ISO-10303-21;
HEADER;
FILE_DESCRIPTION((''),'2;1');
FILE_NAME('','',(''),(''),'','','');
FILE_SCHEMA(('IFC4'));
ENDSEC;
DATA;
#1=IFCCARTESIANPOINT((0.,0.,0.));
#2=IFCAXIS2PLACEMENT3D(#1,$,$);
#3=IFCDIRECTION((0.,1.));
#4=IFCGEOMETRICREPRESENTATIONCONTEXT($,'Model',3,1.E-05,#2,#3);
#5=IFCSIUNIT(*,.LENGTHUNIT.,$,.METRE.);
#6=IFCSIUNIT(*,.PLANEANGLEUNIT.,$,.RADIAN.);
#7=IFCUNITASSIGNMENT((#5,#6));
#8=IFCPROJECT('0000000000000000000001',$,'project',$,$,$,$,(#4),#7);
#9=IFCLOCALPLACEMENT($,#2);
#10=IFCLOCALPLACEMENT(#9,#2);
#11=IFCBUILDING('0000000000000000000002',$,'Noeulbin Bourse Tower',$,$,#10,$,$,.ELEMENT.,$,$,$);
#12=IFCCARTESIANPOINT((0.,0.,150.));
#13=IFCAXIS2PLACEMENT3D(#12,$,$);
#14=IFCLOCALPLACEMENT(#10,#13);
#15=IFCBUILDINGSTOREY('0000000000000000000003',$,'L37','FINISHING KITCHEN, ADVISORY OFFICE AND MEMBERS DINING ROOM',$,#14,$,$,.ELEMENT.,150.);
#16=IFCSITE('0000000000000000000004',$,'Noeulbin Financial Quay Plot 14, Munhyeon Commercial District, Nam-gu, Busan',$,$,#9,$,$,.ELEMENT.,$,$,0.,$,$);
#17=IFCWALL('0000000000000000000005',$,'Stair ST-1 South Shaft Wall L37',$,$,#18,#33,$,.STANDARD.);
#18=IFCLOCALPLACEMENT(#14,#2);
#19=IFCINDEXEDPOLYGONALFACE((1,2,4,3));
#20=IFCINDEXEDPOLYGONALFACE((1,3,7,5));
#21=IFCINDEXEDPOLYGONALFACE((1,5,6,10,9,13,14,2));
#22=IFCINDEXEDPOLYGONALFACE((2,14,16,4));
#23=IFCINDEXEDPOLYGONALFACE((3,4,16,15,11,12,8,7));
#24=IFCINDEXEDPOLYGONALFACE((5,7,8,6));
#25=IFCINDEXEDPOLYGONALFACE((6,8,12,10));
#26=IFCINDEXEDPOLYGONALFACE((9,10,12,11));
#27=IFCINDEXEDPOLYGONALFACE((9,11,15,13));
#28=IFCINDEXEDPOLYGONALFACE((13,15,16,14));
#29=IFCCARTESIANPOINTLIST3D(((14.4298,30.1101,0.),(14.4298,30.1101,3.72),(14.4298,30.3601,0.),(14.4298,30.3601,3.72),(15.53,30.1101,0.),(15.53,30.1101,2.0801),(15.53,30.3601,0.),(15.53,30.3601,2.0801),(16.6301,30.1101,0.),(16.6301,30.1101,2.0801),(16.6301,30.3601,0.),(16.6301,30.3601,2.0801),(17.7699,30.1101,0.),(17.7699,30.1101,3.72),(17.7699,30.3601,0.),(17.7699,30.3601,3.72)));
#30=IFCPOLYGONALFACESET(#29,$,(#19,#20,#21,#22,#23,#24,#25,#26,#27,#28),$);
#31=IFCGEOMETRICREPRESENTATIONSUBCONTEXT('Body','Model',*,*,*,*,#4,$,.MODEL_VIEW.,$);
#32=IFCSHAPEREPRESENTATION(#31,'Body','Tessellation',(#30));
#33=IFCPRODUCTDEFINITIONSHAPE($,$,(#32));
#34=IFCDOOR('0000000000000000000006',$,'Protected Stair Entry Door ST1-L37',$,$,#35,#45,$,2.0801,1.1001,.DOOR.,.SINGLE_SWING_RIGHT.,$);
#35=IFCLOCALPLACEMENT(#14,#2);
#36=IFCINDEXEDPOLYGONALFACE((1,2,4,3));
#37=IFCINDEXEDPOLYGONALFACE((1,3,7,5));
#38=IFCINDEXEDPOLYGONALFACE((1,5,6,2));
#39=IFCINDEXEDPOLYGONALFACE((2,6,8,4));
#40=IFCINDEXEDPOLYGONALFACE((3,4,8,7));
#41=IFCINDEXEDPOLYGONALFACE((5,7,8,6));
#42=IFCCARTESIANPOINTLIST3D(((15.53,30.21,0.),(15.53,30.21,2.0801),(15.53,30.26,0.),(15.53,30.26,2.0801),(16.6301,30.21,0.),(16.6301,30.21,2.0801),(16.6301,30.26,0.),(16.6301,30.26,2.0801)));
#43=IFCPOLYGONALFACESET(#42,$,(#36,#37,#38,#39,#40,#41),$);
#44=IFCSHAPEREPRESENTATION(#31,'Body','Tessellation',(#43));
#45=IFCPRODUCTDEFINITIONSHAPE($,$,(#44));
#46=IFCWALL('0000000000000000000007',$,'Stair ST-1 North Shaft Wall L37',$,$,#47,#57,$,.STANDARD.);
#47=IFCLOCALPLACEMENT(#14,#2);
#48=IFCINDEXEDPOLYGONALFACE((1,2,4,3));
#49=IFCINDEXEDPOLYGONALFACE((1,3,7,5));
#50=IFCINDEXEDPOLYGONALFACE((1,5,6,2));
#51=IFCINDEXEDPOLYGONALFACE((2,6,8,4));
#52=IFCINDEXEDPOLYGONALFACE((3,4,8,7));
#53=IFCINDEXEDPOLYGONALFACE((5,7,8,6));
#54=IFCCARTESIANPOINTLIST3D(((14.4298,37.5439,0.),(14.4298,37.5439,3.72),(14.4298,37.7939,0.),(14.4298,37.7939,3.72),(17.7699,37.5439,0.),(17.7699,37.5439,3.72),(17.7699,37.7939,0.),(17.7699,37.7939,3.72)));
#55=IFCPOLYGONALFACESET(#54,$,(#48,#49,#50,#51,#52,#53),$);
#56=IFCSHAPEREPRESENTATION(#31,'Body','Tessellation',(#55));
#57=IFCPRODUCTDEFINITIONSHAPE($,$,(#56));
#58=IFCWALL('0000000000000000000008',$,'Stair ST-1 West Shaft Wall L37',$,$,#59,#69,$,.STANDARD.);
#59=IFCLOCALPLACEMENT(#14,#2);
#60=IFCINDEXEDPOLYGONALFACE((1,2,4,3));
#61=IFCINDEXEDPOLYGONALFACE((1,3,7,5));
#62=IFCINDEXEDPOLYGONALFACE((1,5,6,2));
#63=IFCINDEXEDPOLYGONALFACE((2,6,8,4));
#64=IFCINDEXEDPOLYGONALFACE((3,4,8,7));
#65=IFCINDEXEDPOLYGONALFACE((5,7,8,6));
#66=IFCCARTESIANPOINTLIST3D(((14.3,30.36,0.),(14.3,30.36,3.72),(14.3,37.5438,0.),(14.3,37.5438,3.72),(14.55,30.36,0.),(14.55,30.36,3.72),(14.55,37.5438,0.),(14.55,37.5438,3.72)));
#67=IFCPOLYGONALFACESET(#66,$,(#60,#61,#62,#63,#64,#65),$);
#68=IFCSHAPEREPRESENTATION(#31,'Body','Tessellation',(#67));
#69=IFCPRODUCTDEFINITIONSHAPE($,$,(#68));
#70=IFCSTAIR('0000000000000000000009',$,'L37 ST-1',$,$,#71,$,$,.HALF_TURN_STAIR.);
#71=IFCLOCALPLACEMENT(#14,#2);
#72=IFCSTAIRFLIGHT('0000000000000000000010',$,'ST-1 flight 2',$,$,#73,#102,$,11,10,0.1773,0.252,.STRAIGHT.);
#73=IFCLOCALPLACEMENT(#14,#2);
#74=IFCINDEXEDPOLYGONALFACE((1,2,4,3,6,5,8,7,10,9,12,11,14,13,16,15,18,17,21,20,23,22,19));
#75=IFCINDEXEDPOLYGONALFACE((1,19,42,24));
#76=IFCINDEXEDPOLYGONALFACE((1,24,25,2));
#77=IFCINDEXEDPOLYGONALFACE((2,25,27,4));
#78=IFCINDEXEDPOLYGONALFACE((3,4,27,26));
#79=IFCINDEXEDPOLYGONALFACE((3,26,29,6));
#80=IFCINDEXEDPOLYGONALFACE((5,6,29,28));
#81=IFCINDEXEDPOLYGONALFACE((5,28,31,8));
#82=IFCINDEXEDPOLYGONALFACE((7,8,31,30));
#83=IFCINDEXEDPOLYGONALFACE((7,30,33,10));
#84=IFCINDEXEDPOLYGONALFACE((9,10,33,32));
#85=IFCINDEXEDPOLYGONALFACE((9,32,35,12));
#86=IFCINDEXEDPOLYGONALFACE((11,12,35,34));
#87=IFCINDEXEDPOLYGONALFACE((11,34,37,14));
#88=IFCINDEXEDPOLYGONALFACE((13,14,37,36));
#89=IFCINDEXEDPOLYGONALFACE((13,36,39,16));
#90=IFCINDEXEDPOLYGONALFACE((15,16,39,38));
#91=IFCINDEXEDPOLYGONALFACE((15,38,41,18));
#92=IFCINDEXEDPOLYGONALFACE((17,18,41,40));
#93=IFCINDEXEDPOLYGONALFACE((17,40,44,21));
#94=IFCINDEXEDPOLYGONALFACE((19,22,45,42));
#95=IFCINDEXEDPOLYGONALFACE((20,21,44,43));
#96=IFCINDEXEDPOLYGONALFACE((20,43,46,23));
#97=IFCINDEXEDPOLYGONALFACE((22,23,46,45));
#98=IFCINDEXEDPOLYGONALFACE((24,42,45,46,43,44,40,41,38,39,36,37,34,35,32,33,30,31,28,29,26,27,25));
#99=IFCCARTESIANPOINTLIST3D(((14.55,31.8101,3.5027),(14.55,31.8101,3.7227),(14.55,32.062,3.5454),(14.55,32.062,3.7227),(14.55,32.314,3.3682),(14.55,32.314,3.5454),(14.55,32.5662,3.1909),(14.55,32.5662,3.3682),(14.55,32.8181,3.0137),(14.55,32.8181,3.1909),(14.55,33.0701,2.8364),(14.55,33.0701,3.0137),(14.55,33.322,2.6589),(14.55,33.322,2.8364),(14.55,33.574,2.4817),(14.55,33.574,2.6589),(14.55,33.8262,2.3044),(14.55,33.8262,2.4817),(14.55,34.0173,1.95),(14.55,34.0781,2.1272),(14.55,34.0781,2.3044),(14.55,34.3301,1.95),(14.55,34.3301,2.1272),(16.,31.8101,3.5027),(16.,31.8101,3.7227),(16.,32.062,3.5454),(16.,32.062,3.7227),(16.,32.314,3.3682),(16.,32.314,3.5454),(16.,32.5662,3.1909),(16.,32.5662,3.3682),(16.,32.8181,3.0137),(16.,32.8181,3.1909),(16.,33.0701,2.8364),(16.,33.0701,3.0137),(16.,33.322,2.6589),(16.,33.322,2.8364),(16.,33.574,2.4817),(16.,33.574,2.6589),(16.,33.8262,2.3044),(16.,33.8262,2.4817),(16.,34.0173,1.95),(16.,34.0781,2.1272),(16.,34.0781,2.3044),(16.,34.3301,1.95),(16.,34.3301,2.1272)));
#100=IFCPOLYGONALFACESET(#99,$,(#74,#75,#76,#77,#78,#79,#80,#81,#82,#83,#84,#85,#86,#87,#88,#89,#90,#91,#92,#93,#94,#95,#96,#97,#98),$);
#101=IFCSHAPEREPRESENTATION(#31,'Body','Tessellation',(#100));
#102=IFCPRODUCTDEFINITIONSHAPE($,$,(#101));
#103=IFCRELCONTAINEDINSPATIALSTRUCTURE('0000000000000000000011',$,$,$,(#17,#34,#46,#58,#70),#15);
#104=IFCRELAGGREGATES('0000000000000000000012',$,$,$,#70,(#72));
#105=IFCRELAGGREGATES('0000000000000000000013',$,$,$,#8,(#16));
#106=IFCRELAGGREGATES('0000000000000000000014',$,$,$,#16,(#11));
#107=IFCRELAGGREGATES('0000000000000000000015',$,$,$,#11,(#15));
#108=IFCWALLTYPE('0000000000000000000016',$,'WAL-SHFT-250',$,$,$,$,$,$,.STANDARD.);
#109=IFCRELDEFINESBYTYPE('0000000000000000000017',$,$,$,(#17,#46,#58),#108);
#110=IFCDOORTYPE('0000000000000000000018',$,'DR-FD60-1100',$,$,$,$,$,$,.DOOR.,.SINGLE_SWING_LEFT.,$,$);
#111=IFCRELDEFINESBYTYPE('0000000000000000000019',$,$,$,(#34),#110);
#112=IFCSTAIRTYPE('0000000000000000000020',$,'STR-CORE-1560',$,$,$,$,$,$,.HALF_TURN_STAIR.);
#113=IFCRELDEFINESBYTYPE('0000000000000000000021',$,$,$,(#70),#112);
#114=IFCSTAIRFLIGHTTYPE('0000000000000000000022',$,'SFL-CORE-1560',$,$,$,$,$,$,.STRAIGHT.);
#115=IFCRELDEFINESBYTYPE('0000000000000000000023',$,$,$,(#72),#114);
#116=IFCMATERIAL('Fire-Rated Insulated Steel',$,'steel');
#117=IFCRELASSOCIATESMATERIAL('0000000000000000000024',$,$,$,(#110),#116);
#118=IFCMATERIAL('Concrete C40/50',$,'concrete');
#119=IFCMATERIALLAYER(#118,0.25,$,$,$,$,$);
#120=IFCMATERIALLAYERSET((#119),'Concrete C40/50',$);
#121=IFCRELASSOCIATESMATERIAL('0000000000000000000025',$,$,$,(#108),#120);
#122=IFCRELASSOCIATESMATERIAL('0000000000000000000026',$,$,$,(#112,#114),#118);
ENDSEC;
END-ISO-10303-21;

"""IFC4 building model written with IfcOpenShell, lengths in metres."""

from ifc_helpers import new_model, si_unit, direction, frame, frame_2d, origin, place, context, subcontext, project, spatial, polyline, rectangle, outline, extrude, material, layer, layer_set, type_object, element, fill, aggregate, save


model = new_model("IFC4")

# Units and contexts
model_context = context("Model", 3, precision=1e-05, world=origin(), true_north=direction((0.0, 1.0)))
body_context = subcontext(model_context, "Body", "Model", "MODEL_VIEW")
ifc_project = project(units=[si_unit("LENGTHUNIT", "METRE"), si_unit("PLANEANGLEUNIT", "RADIAN")], contexts=[model_context])

# Site, building, storey
site_placement = place(None, origin())
site = spatial("IfcSite", under=ifc_project, at=site_placement, Name="Noeulbin Financial Quay Plot 14, Munhyeon Commercial District, Nam-gu, Busan", CompositionType="ELEMENT", RefElevation=0.0)
building_placement = place(site_placement, origin())
building = spatial("IfcBuilding", under=site, at=building_placement, Name="Noeulbin Bourse Tower", CompositionType="ELEMENT")
storey_placement = place(building_placement, frame((0.0, 0.0, 150.0)))
storey = spatial("IfcBuildingStorey", under=building, at=storey_placement, Name="L37", Description="FINISHING KITCHEN, ADVISORY OFFICE AND MEMBERS DINING ROOM", CompositionType="ELEMENT", Elevation=150.0)

# Shared definitions
ifc_material_1 = material(Name="Fire-Rated Insulated Steel", Category="steel")
door_type_1 = type_object("IfcDoorType", Name="DR-FD60-1100", OperationType="SINGLE_SWING_LEFT", PredefinedType="DOOR", material=ifc_material_1)

# Wall, opening, door
ifc_material_2 = material(Name="Concrete C40/50", Category="concrete")
ifc_layer_1 = layer(ifc_material_2, 0.25)
ifc_layer_set_1 = layer_set([ifc_layer_1], Name="Concrete C40/50")
wall_type_1 = type_object("IfcWallType", Name="WAL-SHFT-250", PredefinedType="STANDARD", material=ifc_layer_set_1)
wall_1_placement = place(storey_placement, frame((14.4299, 30.2351, 0.0), z_axis=(0.0, 0.0, 1.0), x_axis=(1.0, 0.0, 0.0)))
wall_1 = element("IfcWall", 1, at=wall_1_placement, inside=storey, type_object=wall_type_1, Name="Stair ST-1 South Shaft Wall L37", PredefinedType="STANDARD", context=body_context, shape_type="SweptSolid", body=[
    extrude(rectangle(XDim=3.3401, YDim=0.25, at=frame_2d((1.6699, 0.0))), origin(), (0.0, 0.0, 1.0), 3.72),
])
opening_1_placement = place(wall_1_placement, frame((1.1001, 0.0, 0.0)))
opening_1 = element("IfcOpeningElement", 2, at=opening_1_placement, cuts=wall_1, PredefinedType="OPENING", context=body_context, shape_type="SweptSolid", body=[
    extrude(rectangle(XDim=1.1001, YDim=2.0801, at=frame_2d((0.55, 1.04))), frame((0.0, 0.135, 0.0), z_axis=(0.0, -1.0, 0.0), x_axis=(1.0, 0.0, 0.0)), (0.0, 0.0, 1.0), 0.27),
])
door_1_placement = place(opening_1_placement, origin())
door_1 = element("IfcDoor", 3, at=door_1_placement, inside=storey, type_object=door_type_1, Name="Protected Stair Entry Door ST1-L37", OperationType="SINGLE_SWING_RIGHT", OverallHeight=2.0801, OverallWidth=1.1001, PredefinedType="DOOR", context=body_context, shape_type="SweptSolid", body=[
    extrude(rectangle(XDim=1.1001, YDim=2.0801, at=frame_2d((0.55, 1.04))), frame((0.0, 0.0249, 0.0), z_axis=(0.0, -1.0, 0.0), x_axis=(1.0, 0.0, 0.0)), (0.0, 0.0, 1.0), 0.05),
])
fill(opening_1, door_1)

# Walls
wall_2_placement = place(storey_placement, frame((14.4299, 37.6689, 0.0), z_axis=(0.0, 0.0, 1.0), x_axis=(1.0, 0.0, 0.0)))
element("IfcWall", 4, at=wall_2_placement, inside=storey, type_object=wall_type_1, Name="Stair ST-1 North Shaft Wall L37", PredefinedType="STANDARD", context=body_context, shape_type="SweptSolid", body=[
    extrude(rectangle(XDim=3.3401, YDim=0.25, at=frame_2d((1.6699, 0.0))), origin(), (0.0, 0.0, 1.0), 3.72),
])
wall_3_placement = place(storey_placement, frame((14.425, 30.3601, 0.0), z_axis=(0.0, 0.0, 1.0), x_axis=(0.0, 1.0, 0.0)))
element("IfcWall", 5, at=wall_3_placement, inside=storey, type_object=wall_type_1, Name="Stair ST-1 West Shaft Wall L37", PredefinedType="STANDARD", context=body_context, shape_type="SweptSolid", body=[
    extrude(rectangle(XDim=7.1838, YDim=0.25, at=frame_2d((3.5918, 0.0))), origin(), (0.0, 0.0, 1.0), 3.72),
])

# Stair, stair flight
stair_type = type_object("IfcStairType", Name="STR-CORE-1560", PredefinedType="HALF_TURN_STAIR", material=ifc_material_2)
stair_placement = place(storey_placement, origin())
stair = element("IfcStair", 6, at=stair_placement, inside=storey, type_object=stair_type, Name="L37 ST-1", PredefinedType="HALF_TURN_STAIR")
stair_flight_type = type_object("IfcStairFlightType", Name="SFL-CORE-1560", PredefinedType="STRAIGHT", material=ifc_material_2)
stair_flight_placement = place(storey_placement, frame((15.2749, 34.3301, 1.95), z_axis=(0.0, 0.0, 1.0), x_axis=(0.0, -1.0, 0.0)))
stair_flight = element("IfcStairFlight", 7, at=stair_flight_placement, type_object=stair_flight_type, Name="ST-1 flight 2", NumberOfRisers=11, NumberOfTreads=10, PredefinedType="STRAIGHT", RiserHeight=0.1773, TreadLength=0.252, context=body_context, shape_type="SweptSolid", body=[
    extrude(outline(polyline([(0.0, 0.0), (0.0, 0.1772), (0.252, 0.1772), (0.252, 0.3545), (0.5039, 0.3545), (0.5039, 0.5317), (0.7561, 0.5317), (0.7561, 0.709), (1.0081, 0.709), (1.0081, 0.8865), (1.26, 0.8865), (1.26, 1.0637), (1.512, 1.0637), (1.512, 1.241), (1.7639, 1.241), (1.7639, 1.4182), (2.0161, 1.4182), (2.0161, 1.5955), (2.2681, 1.5955), (2.2681, 1.7727), (2.52, 1.7727), (2.52, 1.95), (2.52, 1.5527), (0.3127, 0.0), (0.0, 0.0)])), frame((0.0, 0.7251, 0.0), z_axis=(0.0, -1.0, 0.0), x_axis=(1.0, 0.0, 0.0)), (0.0, 0.0, 1.0), 1.45),
])
aggregate(stair, [stair_flight])

save(model, "model.ifc")
